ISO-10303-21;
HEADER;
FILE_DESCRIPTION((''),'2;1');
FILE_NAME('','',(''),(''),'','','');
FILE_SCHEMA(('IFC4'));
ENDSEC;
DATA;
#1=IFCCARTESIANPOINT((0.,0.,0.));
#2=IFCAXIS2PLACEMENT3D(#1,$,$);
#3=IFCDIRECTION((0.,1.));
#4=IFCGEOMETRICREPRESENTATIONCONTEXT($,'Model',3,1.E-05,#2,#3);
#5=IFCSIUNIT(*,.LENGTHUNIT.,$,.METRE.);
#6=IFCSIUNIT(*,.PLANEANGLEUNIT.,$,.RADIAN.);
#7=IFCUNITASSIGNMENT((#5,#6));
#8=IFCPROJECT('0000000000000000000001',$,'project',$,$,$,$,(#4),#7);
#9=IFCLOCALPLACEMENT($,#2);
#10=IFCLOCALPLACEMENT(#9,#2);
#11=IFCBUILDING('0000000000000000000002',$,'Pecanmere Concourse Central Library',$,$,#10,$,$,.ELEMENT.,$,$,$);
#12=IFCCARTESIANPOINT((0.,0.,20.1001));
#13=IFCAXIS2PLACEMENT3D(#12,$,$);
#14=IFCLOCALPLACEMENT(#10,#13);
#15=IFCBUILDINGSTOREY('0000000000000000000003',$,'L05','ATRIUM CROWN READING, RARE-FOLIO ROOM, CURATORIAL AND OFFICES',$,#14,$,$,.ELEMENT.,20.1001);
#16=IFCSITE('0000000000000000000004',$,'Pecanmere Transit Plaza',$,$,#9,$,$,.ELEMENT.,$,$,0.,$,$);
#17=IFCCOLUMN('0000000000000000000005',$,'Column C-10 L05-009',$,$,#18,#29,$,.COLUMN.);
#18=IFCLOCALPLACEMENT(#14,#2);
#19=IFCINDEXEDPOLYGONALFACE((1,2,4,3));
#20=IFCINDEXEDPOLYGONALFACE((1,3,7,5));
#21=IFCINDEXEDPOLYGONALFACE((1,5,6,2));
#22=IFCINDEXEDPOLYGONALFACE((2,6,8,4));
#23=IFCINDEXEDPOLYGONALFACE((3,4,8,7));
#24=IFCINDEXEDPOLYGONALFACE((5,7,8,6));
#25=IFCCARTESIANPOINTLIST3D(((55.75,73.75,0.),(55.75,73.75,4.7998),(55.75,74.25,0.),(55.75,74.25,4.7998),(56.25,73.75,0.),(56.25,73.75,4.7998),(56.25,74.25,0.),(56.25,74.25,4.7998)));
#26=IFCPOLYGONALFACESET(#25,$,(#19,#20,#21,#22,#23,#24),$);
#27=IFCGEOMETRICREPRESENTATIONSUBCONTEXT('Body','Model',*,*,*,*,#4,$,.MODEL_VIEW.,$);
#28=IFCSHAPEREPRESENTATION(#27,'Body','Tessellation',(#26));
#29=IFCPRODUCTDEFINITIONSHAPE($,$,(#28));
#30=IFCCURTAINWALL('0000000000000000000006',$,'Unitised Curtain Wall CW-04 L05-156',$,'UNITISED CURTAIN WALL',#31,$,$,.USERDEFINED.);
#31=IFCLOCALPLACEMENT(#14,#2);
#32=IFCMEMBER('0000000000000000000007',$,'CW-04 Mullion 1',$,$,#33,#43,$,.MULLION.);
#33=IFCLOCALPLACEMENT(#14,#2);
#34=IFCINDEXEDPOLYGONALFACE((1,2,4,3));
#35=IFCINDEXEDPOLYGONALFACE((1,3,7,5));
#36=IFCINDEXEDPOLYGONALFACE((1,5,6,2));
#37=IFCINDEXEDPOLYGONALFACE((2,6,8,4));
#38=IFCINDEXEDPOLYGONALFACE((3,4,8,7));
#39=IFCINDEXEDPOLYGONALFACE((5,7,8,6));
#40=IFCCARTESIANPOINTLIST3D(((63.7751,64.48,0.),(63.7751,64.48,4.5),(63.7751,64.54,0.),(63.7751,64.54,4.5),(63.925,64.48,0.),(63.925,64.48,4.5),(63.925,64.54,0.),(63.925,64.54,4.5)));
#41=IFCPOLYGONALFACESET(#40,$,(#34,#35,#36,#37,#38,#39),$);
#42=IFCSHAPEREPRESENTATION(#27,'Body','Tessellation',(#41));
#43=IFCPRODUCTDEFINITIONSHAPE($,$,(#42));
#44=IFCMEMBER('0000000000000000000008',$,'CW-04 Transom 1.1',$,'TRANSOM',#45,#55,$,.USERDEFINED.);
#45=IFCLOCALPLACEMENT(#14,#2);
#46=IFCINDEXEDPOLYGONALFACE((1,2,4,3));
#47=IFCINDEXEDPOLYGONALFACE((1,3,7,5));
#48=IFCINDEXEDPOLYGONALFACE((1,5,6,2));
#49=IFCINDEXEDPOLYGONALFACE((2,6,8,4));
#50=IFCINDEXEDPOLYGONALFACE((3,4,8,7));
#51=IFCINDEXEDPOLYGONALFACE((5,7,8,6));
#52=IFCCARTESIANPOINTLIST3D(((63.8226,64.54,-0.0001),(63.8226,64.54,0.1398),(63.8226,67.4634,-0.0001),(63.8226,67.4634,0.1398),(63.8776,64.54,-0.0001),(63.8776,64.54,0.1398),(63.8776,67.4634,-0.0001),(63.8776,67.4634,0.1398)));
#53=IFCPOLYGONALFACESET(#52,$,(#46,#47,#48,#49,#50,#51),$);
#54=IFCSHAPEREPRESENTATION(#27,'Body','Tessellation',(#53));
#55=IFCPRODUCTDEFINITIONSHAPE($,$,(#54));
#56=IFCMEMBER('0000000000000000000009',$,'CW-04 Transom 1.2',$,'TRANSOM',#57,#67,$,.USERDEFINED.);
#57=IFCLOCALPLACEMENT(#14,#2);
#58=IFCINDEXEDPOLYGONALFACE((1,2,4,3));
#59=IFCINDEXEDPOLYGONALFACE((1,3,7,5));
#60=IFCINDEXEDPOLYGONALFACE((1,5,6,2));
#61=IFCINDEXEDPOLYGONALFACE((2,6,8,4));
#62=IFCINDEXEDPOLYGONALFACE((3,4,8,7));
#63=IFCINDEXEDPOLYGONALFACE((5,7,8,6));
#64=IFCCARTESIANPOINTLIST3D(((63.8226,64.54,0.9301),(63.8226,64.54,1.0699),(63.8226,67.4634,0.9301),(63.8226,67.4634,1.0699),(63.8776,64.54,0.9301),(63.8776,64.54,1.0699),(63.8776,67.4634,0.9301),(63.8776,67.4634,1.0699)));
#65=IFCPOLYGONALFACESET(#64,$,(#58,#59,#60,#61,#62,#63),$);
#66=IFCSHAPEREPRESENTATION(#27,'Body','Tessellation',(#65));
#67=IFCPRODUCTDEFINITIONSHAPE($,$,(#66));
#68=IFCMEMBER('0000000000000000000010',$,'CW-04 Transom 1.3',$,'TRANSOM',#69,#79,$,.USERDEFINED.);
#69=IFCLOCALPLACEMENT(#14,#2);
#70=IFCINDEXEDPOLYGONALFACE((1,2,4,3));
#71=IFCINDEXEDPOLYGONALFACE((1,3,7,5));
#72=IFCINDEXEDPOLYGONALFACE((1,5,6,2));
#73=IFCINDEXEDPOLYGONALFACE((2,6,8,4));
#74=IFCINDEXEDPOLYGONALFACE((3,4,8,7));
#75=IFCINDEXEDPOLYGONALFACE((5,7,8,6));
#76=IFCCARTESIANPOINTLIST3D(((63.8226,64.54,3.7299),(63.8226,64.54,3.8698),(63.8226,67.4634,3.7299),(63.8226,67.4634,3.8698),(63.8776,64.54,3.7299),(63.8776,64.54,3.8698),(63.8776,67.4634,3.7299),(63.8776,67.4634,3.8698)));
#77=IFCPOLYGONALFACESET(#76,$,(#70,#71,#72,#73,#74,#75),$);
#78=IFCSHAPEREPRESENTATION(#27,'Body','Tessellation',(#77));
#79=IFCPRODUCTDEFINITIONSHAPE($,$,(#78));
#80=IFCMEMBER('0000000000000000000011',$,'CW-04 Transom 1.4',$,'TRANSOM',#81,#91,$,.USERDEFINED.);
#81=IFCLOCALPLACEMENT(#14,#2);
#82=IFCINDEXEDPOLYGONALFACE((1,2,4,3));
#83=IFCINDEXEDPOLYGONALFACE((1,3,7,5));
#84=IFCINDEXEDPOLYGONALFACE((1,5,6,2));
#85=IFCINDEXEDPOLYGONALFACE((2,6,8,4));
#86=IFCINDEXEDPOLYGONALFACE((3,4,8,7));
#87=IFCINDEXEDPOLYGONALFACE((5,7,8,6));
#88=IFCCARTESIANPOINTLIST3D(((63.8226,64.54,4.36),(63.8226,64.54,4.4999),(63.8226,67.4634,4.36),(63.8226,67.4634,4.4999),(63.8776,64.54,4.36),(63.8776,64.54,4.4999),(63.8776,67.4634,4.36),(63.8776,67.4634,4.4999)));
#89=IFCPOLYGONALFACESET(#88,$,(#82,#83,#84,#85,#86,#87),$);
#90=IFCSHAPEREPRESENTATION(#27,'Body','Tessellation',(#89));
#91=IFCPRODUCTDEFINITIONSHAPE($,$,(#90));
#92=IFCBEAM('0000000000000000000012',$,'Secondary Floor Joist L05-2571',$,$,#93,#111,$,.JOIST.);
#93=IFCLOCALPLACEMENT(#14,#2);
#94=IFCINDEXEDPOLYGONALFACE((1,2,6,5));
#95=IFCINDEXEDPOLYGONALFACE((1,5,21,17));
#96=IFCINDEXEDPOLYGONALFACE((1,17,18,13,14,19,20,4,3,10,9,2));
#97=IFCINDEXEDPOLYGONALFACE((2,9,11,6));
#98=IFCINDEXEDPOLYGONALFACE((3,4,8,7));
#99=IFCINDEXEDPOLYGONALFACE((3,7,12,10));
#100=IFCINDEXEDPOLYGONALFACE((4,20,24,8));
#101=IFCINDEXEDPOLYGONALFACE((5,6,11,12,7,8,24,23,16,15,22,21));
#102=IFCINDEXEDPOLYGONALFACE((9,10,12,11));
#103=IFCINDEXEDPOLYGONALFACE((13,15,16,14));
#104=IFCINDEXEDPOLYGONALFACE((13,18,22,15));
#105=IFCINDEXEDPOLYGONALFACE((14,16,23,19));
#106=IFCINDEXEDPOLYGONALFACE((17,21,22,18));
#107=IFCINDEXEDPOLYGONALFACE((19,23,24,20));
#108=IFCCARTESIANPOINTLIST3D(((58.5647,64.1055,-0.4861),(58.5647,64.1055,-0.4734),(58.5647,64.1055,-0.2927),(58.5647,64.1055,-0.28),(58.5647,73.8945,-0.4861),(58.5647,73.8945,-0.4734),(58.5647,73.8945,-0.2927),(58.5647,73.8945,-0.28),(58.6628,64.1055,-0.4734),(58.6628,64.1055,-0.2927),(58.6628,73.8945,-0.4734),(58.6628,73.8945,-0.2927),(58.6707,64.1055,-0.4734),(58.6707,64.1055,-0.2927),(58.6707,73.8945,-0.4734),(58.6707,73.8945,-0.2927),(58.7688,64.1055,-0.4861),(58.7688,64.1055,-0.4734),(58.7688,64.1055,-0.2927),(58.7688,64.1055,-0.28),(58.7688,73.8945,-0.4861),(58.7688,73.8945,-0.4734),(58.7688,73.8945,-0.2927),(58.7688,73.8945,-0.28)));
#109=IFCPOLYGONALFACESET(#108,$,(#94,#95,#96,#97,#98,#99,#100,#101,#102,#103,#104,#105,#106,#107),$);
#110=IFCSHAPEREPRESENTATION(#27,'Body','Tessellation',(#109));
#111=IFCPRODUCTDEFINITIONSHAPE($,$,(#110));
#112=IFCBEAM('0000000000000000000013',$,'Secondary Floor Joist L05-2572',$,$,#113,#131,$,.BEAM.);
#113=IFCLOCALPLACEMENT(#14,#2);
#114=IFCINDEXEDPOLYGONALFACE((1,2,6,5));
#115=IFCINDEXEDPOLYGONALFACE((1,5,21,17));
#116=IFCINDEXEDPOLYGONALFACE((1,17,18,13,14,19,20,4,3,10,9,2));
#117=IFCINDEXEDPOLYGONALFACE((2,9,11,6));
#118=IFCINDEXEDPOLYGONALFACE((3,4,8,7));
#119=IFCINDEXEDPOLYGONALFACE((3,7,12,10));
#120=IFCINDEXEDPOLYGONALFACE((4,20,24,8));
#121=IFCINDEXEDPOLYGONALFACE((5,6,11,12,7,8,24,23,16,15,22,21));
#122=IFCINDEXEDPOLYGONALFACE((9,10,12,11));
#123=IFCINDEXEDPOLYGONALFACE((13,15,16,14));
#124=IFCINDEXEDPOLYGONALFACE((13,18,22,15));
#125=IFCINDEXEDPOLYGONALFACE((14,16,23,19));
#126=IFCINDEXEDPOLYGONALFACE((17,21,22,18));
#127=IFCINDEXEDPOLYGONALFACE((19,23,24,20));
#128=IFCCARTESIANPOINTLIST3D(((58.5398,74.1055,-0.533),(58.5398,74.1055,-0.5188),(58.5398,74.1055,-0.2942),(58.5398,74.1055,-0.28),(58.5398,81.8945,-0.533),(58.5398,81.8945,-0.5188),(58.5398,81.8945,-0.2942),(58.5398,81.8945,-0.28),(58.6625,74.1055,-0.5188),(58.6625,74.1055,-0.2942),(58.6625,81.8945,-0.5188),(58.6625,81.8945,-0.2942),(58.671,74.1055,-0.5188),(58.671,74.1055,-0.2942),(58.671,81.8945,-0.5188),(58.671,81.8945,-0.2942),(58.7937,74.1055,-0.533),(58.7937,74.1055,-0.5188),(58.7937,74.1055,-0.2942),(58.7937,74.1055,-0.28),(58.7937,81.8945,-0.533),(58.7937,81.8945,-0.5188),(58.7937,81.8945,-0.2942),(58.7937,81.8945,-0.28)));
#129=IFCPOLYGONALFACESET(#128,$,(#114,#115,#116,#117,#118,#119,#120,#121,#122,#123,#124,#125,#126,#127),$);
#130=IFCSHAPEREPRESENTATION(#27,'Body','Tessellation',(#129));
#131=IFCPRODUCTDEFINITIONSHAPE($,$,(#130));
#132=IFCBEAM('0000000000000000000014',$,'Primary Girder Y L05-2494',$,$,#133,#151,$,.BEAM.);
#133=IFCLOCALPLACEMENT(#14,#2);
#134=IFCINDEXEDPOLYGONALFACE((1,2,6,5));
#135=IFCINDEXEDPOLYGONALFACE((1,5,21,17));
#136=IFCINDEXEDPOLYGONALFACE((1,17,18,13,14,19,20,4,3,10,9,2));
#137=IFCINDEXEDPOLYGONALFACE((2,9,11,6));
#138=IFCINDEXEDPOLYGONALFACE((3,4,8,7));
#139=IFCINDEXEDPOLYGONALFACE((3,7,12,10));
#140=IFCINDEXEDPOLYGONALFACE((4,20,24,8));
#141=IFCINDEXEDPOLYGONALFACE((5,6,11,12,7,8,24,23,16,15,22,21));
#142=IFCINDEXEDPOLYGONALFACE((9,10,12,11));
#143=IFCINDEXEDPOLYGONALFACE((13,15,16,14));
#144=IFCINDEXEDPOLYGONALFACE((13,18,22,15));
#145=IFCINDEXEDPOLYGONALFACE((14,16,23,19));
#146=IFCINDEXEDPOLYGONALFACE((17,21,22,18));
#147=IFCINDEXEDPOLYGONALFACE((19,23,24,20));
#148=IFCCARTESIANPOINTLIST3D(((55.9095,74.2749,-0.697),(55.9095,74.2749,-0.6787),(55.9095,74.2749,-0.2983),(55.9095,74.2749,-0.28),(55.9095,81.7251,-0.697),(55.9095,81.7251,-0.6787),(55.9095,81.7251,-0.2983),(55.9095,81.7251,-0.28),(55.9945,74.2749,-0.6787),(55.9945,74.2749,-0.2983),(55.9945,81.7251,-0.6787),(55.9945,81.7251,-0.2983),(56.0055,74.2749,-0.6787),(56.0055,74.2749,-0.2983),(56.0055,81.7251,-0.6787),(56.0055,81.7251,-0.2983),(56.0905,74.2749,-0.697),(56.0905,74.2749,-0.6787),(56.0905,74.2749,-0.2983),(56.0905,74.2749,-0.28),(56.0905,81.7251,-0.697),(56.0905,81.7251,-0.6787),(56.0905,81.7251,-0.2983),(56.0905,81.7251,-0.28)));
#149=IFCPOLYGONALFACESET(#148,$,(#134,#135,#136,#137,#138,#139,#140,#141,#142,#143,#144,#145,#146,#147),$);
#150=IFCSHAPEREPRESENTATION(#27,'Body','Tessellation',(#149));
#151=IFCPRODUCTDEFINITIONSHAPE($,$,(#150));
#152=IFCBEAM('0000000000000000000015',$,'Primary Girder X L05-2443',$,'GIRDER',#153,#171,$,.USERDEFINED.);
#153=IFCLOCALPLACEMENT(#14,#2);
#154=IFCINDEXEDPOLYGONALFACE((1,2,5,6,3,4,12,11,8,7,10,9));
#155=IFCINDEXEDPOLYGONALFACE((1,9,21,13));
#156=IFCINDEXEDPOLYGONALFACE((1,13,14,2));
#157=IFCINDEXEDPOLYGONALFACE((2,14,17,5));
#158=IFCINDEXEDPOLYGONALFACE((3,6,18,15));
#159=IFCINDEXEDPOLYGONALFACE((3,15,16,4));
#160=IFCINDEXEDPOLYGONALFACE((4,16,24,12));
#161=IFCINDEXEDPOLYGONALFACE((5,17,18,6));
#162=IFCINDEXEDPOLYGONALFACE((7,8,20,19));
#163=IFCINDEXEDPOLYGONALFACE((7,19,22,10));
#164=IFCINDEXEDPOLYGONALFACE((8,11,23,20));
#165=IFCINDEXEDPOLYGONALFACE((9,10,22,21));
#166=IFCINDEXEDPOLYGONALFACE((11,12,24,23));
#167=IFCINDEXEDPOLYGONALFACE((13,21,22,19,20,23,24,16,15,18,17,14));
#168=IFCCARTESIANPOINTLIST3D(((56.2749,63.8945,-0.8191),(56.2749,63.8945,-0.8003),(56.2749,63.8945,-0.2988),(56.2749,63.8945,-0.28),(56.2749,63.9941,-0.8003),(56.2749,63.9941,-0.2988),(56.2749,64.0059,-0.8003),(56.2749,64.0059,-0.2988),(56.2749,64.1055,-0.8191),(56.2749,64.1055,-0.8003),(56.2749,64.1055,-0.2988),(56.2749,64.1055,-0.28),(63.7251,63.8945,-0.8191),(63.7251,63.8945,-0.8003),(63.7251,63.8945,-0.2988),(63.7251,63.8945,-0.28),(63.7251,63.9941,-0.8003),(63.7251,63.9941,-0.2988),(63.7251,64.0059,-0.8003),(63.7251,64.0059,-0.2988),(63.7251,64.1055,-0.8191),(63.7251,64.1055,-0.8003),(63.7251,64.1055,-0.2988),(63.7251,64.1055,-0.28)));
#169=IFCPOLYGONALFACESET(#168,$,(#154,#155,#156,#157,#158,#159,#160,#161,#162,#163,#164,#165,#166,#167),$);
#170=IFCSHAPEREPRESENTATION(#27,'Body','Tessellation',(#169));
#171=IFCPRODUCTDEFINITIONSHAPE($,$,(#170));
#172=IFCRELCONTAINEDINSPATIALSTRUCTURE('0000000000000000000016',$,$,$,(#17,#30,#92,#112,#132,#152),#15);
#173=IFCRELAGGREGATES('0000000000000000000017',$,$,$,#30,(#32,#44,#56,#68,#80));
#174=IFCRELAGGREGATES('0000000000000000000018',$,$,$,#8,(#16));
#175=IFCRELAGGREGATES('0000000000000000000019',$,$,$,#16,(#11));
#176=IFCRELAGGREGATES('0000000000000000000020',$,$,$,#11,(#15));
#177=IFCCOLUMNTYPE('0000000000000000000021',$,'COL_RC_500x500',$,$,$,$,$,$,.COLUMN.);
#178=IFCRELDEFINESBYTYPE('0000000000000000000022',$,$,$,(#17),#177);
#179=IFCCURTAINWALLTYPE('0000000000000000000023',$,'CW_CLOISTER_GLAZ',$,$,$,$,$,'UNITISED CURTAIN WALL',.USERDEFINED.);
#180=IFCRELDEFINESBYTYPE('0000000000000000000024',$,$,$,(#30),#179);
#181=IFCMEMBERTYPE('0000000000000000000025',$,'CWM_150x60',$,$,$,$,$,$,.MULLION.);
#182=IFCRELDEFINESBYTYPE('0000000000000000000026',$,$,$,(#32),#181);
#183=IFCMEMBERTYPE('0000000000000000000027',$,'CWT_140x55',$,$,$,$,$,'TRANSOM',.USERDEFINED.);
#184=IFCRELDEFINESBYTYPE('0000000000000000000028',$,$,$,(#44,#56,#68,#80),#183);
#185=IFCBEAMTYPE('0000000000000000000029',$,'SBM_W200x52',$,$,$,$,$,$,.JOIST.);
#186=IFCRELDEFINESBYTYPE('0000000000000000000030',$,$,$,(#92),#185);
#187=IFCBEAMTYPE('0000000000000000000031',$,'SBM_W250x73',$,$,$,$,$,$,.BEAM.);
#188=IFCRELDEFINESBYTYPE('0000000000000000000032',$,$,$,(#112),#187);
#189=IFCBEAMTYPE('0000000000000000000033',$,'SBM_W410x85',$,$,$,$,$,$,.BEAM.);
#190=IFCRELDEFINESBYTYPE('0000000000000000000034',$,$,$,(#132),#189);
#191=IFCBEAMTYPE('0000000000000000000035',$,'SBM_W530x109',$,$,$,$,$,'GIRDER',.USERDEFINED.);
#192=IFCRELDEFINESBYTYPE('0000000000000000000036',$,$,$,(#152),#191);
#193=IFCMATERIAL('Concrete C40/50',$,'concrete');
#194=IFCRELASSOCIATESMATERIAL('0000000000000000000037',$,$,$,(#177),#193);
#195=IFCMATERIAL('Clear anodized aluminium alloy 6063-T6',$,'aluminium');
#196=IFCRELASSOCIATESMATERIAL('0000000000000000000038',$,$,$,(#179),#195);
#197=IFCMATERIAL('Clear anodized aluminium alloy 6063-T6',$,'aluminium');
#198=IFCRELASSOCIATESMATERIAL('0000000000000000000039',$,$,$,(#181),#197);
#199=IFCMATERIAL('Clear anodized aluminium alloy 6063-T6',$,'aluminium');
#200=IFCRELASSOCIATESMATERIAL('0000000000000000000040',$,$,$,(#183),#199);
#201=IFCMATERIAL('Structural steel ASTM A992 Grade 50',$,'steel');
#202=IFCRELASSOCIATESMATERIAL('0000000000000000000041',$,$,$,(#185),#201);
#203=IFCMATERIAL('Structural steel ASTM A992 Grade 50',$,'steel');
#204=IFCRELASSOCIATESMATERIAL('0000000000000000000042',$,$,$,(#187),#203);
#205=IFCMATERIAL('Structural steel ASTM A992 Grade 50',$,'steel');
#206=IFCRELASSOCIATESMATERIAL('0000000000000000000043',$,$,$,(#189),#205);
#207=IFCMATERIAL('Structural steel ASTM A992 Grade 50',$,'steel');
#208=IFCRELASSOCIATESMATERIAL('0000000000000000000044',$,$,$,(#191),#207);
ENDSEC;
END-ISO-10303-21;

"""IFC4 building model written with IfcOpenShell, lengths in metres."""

from ifc_helpers import new_model, si_unit, direction, frame, origin, origin_2d, place, context, subcontext, project, spatial, rectangle, i_section, extrude, material, material_profile, profile_set, type_object, element, aggregate, save


model = new_model("IFC4")

# Units and contexts
model_context = context("Model", 3, precision=1e-05, world=origin(), true_north=direction((0.0, 1.0)))
body_context = subcontext(model_context, "Body", "Model", "MODEL_VIEW")
ifc_project = project(units=[si_unit("LENGTHUNIT", "METRE"), si_unit("PLANEANGLEUNIT", "RADIAN")], contexts=[model_context])

# Site, building, storey
site_placement = place(None, origin())
site = spatial("IfcSite", under=ifc_project, at=site_placement, Name="Pecanmere Transit Plaza", CompositionType="ELEMENT", RefElevation=0.0)
building_placement = place(site_placement, origin())
building = spatial("IfcBuilding", under=site, at=building_placement, Name="Pecanmere Concourse Central Library", CompositionType="ELEMENT")
storey_placement = place(building_placement, frame((0.0, 0.0, 20.1001)))
storey = spatial("IfcBuildingStorey", under=building, at=storey_placement, Name="L05", Description="ATRIUM CROWN READING, RARE-FOLIO ROOM, CURATORIAL AND OFFICES", CompositionType="ELEMENT", Elevation=20.1001)

# Column
ifc_material_1 = material(Name="Concrete C40/50", Category="concrete")
ifc_material_profile_1 = material_profile(ifc_material_1, rectangle(XDim=0.5, YDim=0.5, at=origin_2d()), Name="RC 500x500")
ifc_profile_set_1 = profile_set([ifc_material_profile_1], Name="Concrete C40/50")
column_type = type_object("IfcColumnType", Name="COL_RC_500x500", PredefinedType="COLUMN", material=ifc_profile_set_1)
column_placement = place(storey_placement, frame((56.0, 74.0, 0.0), z_axis=(0.0, 0.0, 1.0), x_axis=(1.0, 0.0, 0.0)))
element("IfcColumn", 1, at=column_placement, inside=storey, type_object=column_type, Name="Column C-10 L05-009", PredefinedType="COLUMN", context=body_context, shape_type="SweptSolid", body=[
    extrude(rectangle(XDim=0.5, YDim=0.5, at=origin_2d()), origin(), (0.0, 0.0, 1.0), 4.7998),
])

# Curtain wall, members
ifc_material_2 = material(Name="Clear anodized aluminium alloy 6063-T6", Category="aluminium")
curtain_wall_type = type_object("IfcCurtainWallType", Name="CW_CLOISTER_GLAZ", ElementType="UNITISED CURTAIN WALL", PredefinedType="USERDEFINED", material=ifc_material_2)
curtain_wall_placement = place(storey_placement, origin())
curtain_wall = element("IfcCurtainWall", 2, at=curtain_wall_placement, inside=storey, type_object=curtain_wall_type, Name="Unitised Curtain Wall CW-04 L05-156", ObjectType="UNITISED CURTAIN WALL", PredefinedType="USERDEFINED")
ifc_material_3 = material(Name="Clear anodized aluminium alloy 6063-T6", Category="aluminium")
ifc_material_profile_2 = material_profile(ifc_material_3, rectangle(XDim=0.0601, YDim=0.1499, at=origin_2d()), Name="AL 60x150")
ifc_profile_set_2 = profile_set([ifc_material_profile_2], Name="Clear anodized aluminium alloy 6063-T6")
member_type_1 = type_object("IfcMemberType", Name="CWM_150x60", PredefinedType="MULLION", material=ifc_profile_set_2)
member_1_placement = place(storey_placement, frame((63.8501, 64.51, 0.0), z_axis=(0.0, 0.0, 1.0), x_axis=(0.0, 1.0, 0.0)))
member_1 = element("IfcMember", 3, at=member_1_placement, type_object=member_type_1, Name="CW-04 Mullion 1", PredefinedType="MULLION", context=body_context, shape_type="SweptSolid", body=[
    extrude(rectangle(XDim=0.0601, YDim=0.1499, at=origin_2d()), origin(), (0.0, 0.0, 1.0), 4.5),
])
ifc_material_4 = material(Name="Clear anodized aluminium alloy 6063-T6", Category="aluminium")
ifc_material_profile_3 = material_profile(ifc_material_4, rectangle(XDim=0.0549, YDim=0.1399, at=origin_2d()), Name="AL 55x140")
ifc_profile_set_3 = profile_set([ifc_material_profile_3], Name="Clear anodized aluminium alloy 6063-T6")
member_type_2 = type_object("IfcMemberType", Name="CWT_140x55", ElementType="TRANSOM", PredefinedType="USERDEFINED", material=ifc_profile_set_3)
member_2_placement = place(storey_placement, frame((63.8501, 64.54, 0.0698), z_axis=(0.0, 1.0, 0.0), x_axis=(-1.0, 0.0, 0.0)))
member_2 = element("IfcMember", 4, at=member_2_placement, type_object=member_type_2, Name="CW-04 Transom 1.1", ObjectType="TRANSOM", PredefinedType="USERDEFINED", context=body_context, shape_type="SweptSolid", body=[
    extrude(rectangle(XDim=0.0549, YDim=0.1399, at=origin_2d()), origin(), (0.0, 0.0, 1.0), 2.9233),
])
member_3_placement = place(storey_placement, frame((63.8501, 64.54, 1.0), z_axis=(0.0, 1.0, 0.0), x_axis=(-1.0, 0.0, 0.0)))
member_3 = element("IfcMember", 5, at=member_3_placement, type_object=member_type_2, Name="CW-04 Transom 1.2", ObjectType="TRANSOM", PredefinedType="USERDEFINED", context=body_context, shape_type="SweptSolid", body=[
    extrude(rectangle(XDim=0.0549, YDim=0.1399, at=origin_2d()), origin(), (0.0, 0.0, 1.0), 2.9233),
])
member_4_placement = place(storey_placement, frame((63.8501, 64.54, 3.7998), z_axis=(0.0, 1.0, 0.0), x_axis=(-1.0, 0.0, 0.0)))
member_4 = element("IfcMember", 6, at=member_4_placement, type_object=member_type_2, Name="CW-04 Transom 1.3", ObjectType="TRANSOM", PredefinedType="USERDEFINED", context=body_context, shape_type="SweptSolid", body=[
    extrude(rectangle(XDim=0.0549, YDim=0.1399, at=origin_2d()), origin(), (0.0, 0.0, 1.0), 2.9233),
])
member_5_placement = place(storey_placement, frame((63.8501, 64.54, 4.4299), z_axis=(0.0, 1.0, 0.0), x_axis=(-1.0, 0.0, 0.0)))
member_5 = element("IfcMember", 7, at=member_5_placement, type_object=member_type_2, Name="CW-04 Transom 1.4", ObjectType="TRANSOM", PredefinedType="USERDEFINED", context=body_context, shape_type="SweptSolid", body=[
    extrude(rectangle(XDim=0.0549, YDim=0.1399, at=origin_2d()), origin(), (0.0, 0.0, 1.0), 2.9233),
])

# Beams
ifc_material_5 = material(Name="Structural steel ASTM A992 Grade 50", Category="steel")
ifc_material_profile_4 = material_profile(ifc_material_5, i_section(OverallWidth=0.2041, OverallDepth=0.2061, WebThickness=0.0078, FlangeThickness=0.0127, at=origin_2d()), Name="W200x52")
ifc_profile_set_4 = profile_set([ifc_material_profile_4], Name="Structural steel ASTM A992 Grade 50")
beam_type_1 = type_object("IfcBeamType", Name="SBM_W200x52", PredefinedType="JOIST", material=ifc_profile_set_4)
beam_1_placement = place(storey_placement, frame((58.6667, 64.1055, -0.3831), z_axis=(0.0, 1.0, 0.0), x_axis=(-1.0, 0.0, 0.0)))
element("IfcBeam", 8, at=beam_1_placement, inside=storey, type_object=beam_type_1, Name="Secondary Floor Joist L05-2571", PredefinedType="JOIST", context=body_context, shape_type="SweptSolid", body=[
    extrude(i_section(OverallWidth=0.2041, OverallDepth=0.2061, WebThickness=0.0078, FlangeThickness=0.0127, at=origin_2d()), origin(), (0.0, 0.0, 1.0), 9.7891),
])
ifc_material_6 = material(Name="Structural steel ASTM A992 Grade 50", Category="steel")
ifc_material_profile_5 = material_profile(ifc_material_6, i_section(OverallWidth=0.2539, OverallDepth=0.2529, WebThickness=0.0085, FlangeThickness=0.0142, at=origin_2d()), Name="W250x73")
ifc_profile_set_5 = profile_set([ifc_material_profile_5], Name="Structural steel ASTM A992 Grade 50")
beam_type_2 = type_object("IfcBeamType", Name="SBM_W250x73", PredefinedType="BEAM", material=ifc_profile_set_5)
beam_2_placement = place(storey_placement, frame((58.6667, 74.1055, -0.4065), z_axis=(0.0, 1.0, 0.0), x_axis=(-1.0, 0.0, 0.0)))
element("IfcBeam", 9, at=beam_2_placement, inside=storey, type_object=beam_type_2, Name="Secondary Floor Joist L05-2572", PredefinedType="BEAM", context=body_context, shape_type="SweptSolid", body=[
    extrude(i_section(OverallWidth=0.2539, OverallDepth=0.2529, WebThickness=0.0085, FlangeThickness=0.0142, at=origin_2d()), origin(), (0.0, 0.0, 1.0), 7.7891),
])
ifc_material_7 = material(Name="Structural steel ASTM A992 Grade 50", Category="steel")
ifc_material_profile_6 = material_profile(ifc_material_7, i_section(OverallWidth=0.1809, OverallDepth=0.417, WebThickness=0.011, FlangeThickness=0.0183, at=origin_2d()), Name="W410x85")
ifc_profile_set_6 = profile_set([ifc_material_profile_6], Name="Structural steel ASTM A992 Grade 50")
beam_type_3 = type_object("IfcBeamType", Name="SBM_W410x85", PredefinedType="BEAM", material=ifc_profile_set_6)
beam_3_placement = place(storey_placement, frame((56.0, 74.2749, -0.4885), z_axis=(0.0, 1.0, 0.0), x_axis=(-1.0, 0.0, 0.0)))
element("IfcBeam", 10, at=beam_3_placement, inside=storey, type_object=beam_type_3, Name="Primary Girder Y L05-2494", PredefinedType="BEAM", context=body_context, shape_type="SweptSolid", body=[
    extrude(i_section(OverallWidth=0.1809, OverallDepth=0.417, WebThickness=0.011, FlangeThickness=0.0183, at=origin_2d()), origin(), (0.0, 0.0, 1.0), 7.4502),
])
ifc_material_8 = material(Name="Structural steel ASTM A992 Grade 50", Category="steel")
ifc_material_profile_7 = material_profile(ifc_material_8, i_section(OverallWidth=0.2109, OverallDepth=0.5391, WebThickness=0.0117, FlangeThickness=0.0188, at=origin_2d()), Name="W530x109")
ifc_profile_set_7 = profile_set([ifc_material_profile_7], Name="Structural steel ASTM A992 Grade 50")
beam_type_4 = type_object("IfcBeamType", Name="SBM_W530x109", ElementType="GIRDER", PredefinedType="USERDEFINED", material=ifc_profile_set_7)
for number, where, z_axis, x_axis, name in (
    (11, (56.2749, 64.0, -0.5496), (1.0, 0.0, 0.0), (0.0, 1.0, 0.0), "Primary Girder X L05-2443"),
):
    element("IfcBeam", number, at=place(storey_placement, frame(where, z_axis=z_axis, x_axis=x_axis)), inside=storey, type_object=beam_type_4, Name=name, ObjectType="GIRDER", PredefinedType="USERDEFINED", context=body_context, shape_type="SweptSolid", body=[
        extrude(i_section(OverallWidth=0.2109, OverallDepth=0.5391, WebThickness=0.0117, FlangeThickness=0.0188, at=origin_2d()), origin(), (0.0, 0.0, 1.0), 7.4502),
    ])

aggregate(curtain_wall, [member_1, member_2, member_3, member_4, member_5])

save(model, "model.ifc")
